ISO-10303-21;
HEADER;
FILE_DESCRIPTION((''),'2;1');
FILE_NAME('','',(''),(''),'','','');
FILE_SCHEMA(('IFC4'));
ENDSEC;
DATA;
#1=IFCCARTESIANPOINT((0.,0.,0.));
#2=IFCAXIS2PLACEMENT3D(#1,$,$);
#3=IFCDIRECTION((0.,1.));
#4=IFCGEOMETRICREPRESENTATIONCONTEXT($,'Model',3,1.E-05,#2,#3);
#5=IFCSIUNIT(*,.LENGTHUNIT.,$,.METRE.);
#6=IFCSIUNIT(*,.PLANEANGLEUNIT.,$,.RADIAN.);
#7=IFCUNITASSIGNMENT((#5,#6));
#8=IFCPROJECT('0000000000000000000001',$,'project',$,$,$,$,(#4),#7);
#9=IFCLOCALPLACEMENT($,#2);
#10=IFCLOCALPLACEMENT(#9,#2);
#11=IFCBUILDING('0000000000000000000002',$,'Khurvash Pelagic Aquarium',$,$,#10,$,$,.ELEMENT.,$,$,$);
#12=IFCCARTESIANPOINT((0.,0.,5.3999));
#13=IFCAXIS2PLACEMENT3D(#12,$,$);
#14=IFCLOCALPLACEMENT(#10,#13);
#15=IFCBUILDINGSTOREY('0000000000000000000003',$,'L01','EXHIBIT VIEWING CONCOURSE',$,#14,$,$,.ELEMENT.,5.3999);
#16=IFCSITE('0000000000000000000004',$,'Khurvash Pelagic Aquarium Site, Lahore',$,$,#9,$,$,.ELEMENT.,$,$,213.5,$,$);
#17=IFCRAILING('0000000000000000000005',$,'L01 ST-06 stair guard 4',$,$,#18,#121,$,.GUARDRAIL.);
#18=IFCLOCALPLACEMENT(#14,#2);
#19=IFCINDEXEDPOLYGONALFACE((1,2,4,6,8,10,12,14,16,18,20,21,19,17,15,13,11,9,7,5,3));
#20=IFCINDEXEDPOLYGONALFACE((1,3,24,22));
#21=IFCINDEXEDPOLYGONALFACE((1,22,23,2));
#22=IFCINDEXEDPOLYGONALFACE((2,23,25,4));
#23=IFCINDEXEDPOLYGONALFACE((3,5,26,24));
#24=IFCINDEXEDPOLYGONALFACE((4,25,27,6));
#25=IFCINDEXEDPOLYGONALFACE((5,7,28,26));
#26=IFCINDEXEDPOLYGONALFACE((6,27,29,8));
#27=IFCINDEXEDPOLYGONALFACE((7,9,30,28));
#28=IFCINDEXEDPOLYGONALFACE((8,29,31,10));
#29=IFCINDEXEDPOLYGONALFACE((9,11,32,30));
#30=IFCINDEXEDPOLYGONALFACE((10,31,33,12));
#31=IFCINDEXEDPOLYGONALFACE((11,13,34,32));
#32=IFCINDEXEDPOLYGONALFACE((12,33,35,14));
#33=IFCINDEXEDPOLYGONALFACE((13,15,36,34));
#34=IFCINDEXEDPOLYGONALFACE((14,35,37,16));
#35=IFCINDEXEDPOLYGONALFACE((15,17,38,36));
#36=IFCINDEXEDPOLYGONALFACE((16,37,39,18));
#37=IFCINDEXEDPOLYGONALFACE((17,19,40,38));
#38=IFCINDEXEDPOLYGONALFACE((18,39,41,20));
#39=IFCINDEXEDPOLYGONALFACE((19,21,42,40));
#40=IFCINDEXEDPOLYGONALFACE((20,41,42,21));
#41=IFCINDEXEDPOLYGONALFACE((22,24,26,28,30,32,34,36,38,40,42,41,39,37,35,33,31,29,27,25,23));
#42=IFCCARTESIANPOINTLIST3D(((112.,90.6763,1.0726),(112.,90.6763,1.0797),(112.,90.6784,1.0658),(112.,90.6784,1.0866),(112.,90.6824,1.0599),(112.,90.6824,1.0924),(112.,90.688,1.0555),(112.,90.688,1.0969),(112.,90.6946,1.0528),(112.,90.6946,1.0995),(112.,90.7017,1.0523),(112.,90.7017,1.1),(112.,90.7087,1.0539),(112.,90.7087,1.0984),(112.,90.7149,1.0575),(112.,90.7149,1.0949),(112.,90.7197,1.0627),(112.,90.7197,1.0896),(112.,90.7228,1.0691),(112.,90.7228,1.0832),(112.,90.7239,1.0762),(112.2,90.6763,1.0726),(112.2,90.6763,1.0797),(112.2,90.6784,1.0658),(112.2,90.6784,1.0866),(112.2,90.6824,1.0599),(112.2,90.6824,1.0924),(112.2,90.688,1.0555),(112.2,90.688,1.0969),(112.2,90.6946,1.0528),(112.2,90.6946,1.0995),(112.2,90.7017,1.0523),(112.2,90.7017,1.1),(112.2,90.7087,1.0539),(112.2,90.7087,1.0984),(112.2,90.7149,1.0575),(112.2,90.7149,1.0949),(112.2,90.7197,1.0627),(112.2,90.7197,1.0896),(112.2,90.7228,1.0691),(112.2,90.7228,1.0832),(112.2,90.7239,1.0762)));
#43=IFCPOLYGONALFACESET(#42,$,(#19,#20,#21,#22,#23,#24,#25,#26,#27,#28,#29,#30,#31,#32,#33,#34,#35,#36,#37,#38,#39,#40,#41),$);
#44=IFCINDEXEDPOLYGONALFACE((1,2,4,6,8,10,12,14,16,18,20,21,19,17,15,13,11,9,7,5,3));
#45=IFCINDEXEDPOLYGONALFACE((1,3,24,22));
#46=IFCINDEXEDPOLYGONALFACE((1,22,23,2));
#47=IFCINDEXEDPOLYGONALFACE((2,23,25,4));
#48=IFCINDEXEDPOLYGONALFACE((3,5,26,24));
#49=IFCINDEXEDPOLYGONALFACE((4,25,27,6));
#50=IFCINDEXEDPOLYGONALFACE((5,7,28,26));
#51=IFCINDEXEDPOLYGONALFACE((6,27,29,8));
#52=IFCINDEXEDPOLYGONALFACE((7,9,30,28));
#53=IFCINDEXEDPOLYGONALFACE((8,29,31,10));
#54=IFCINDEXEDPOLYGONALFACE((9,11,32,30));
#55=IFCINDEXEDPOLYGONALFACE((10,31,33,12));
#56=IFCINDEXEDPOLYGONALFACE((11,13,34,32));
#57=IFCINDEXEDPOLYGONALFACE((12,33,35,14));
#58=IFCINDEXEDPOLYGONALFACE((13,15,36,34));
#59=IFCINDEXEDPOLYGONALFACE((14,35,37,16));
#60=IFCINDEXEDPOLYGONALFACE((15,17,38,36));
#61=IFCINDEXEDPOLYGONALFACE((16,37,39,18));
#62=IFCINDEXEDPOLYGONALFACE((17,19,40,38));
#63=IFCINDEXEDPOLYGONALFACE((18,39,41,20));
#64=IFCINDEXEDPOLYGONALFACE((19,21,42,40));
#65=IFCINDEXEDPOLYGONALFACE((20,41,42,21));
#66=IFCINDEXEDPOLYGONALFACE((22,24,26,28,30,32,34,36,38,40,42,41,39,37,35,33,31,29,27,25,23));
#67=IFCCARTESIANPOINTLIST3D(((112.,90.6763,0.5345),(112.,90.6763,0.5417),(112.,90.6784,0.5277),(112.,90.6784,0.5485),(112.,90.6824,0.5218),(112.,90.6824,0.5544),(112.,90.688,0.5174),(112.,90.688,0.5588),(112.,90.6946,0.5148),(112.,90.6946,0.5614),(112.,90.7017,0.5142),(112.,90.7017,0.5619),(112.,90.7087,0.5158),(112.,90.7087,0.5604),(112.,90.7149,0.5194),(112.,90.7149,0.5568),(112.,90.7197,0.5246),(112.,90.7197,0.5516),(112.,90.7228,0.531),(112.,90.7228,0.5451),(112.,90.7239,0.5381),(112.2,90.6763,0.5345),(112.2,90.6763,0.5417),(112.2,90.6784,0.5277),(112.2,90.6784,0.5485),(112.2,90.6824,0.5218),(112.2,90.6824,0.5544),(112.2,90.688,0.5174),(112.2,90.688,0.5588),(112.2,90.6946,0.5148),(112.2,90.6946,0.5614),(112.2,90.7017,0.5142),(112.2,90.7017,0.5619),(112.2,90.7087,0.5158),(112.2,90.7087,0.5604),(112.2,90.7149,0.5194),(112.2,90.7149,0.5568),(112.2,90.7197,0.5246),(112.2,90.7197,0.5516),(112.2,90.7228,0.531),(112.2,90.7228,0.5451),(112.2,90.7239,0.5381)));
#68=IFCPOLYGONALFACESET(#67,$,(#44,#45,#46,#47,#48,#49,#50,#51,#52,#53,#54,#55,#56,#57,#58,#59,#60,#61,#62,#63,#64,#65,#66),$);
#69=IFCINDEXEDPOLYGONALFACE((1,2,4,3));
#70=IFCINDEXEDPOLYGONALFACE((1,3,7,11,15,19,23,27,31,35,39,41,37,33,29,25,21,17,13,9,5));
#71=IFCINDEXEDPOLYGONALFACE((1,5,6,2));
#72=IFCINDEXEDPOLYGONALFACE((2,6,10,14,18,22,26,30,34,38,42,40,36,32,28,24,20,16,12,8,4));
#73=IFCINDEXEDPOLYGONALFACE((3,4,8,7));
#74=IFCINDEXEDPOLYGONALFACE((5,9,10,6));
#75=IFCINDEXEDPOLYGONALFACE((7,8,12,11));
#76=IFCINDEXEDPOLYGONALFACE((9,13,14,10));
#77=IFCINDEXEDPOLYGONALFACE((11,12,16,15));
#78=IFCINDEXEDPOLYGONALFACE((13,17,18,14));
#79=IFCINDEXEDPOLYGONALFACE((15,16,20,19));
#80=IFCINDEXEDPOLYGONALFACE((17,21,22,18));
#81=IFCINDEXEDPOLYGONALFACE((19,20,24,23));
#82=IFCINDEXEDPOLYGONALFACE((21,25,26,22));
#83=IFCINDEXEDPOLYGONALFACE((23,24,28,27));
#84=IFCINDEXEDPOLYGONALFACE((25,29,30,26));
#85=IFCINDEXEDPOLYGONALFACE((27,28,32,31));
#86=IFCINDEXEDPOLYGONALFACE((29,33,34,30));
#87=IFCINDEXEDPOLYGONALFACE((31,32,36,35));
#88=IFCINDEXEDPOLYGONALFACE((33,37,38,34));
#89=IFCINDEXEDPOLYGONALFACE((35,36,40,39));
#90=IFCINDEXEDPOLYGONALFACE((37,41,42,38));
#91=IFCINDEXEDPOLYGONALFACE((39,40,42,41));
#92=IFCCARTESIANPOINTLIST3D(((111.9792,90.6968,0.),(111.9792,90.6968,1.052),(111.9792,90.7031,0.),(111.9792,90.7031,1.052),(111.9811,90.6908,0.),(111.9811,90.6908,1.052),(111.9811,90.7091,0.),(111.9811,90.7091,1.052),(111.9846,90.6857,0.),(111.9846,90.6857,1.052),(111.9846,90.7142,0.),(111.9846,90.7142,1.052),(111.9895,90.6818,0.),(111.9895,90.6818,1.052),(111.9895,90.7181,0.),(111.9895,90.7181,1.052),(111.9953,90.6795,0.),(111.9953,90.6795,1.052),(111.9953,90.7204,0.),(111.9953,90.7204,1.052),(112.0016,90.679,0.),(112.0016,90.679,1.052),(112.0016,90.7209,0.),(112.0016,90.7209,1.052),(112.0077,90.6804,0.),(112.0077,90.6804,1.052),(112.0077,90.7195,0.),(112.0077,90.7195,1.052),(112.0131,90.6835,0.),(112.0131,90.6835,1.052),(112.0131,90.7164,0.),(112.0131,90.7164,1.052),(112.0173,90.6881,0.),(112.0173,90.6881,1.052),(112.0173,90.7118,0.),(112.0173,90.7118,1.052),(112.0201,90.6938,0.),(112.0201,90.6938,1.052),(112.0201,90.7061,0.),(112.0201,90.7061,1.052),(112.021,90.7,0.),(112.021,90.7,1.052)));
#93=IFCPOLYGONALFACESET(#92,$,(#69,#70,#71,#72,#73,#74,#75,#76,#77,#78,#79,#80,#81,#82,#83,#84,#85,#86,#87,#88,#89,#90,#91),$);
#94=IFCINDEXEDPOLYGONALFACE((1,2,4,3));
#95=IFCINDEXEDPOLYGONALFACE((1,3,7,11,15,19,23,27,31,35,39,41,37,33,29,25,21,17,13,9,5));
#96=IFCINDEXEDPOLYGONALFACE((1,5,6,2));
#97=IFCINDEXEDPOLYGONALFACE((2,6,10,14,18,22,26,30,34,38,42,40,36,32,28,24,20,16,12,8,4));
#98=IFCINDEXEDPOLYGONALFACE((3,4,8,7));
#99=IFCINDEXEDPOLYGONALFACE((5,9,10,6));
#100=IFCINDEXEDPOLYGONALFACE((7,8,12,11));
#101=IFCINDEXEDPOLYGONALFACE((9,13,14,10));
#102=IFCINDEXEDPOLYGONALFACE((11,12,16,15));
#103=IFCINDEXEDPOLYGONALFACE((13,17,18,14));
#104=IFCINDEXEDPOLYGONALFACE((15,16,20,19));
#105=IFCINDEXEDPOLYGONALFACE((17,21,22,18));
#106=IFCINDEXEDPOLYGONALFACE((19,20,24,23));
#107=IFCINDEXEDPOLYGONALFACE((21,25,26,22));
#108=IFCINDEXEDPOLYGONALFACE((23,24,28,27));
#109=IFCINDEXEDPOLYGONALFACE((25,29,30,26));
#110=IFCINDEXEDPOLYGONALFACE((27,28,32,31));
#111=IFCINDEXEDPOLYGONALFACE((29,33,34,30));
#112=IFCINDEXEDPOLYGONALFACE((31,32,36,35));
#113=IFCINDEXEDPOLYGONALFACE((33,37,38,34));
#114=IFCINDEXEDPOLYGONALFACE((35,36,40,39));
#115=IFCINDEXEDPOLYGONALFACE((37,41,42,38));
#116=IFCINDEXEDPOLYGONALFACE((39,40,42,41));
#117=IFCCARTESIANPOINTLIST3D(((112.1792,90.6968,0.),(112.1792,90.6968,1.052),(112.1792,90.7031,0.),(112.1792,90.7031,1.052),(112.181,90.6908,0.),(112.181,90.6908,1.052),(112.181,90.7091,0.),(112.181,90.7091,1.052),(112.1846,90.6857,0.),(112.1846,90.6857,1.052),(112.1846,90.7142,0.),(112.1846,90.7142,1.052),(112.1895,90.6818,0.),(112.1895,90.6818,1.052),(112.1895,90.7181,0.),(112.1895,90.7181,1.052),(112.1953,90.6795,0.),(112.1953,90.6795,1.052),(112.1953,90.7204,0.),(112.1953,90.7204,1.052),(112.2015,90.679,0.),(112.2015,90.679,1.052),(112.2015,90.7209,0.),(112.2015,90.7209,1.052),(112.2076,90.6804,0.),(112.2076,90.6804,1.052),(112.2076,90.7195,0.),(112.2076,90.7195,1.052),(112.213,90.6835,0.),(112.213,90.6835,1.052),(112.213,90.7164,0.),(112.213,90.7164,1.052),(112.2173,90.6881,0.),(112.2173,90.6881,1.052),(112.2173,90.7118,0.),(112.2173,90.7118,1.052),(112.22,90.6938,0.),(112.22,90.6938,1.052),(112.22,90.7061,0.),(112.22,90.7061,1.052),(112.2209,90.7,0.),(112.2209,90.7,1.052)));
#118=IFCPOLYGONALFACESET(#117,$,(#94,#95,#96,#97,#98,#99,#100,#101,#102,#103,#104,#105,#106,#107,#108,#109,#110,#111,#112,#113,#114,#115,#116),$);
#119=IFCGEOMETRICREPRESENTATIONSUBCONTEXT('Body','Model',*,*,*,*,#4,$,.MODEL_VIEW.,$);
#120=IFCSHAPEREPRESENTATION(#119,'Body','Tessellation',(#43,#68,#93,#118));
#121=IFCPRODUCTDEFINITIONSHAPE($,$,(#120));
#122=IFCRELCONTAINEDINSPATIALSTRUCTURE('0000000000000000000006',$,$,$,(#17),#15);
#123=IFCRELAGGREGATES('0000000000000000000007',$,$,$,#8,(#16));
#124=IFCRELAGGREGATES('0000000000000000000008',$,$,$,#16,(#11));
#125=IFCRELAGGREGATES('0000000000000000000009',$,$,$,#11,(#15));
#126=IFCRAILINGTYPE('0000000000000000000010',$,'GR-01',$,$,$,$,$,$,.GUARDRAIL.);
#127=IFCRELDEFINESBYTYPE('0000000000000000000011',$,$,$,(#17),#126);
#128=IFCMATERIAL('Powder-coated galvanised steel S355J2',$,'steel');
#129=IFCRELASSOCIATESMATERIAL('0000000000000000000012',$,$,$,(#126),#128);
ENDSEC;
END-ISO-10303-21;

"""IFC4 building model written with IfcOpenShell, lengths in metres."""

from ifc_helpers import new_model, si_unit, direction, frame, origin, origin_2d, place, context, subcontext, project, spatial, circle, extrude, material, type_object, element, save


model = new_model("IFC4")

# Units and contexts
model_context = context("Model", 3, precision=1e-05, world=origin(), true_north=direction((0.0, 1.0)))
body_context = subcontext(model_context, "Body", "Model", "MODEL_VIEW")
ifc_project = project(units=[si_unit("LENGTHUNIT", "METRE"), si_unit("PLANEANGLEUNIT", "RADIAN")], contexts=[model_context])

# Site, building, storey
site_placement = place(None, origin())
site = spatial("IfcSite", under=ifc_project, at=site_placement, Name="Khurvash Pelagic Aquarium Site, Lahore", CompositionType="ELEMENT", RefElevation=213.5)
building_placement = place(site_placement, origin())
building = spatial("IfcBuilding", under=site, at=building_placement, Name="Khurvash Pelagic Aquarium", CompositionType="ELEMENT")
storey_placement = place(building_placement, frame((0.0, 0.0, 5.3999)))
storey = spatial("IfcBuildingStorey", under=building, at=storey_placement, Name="L01", Description="EXHIBIT VIEWING CONCOURSE", CompositionType="ELEMENT", Elevation=5.3999)

# Railing
ifc_material_1 = material(Name="Powder-coated galvanised steel S355J2", Category="steel")
railing_type_1 = type_object("IfcRailingType", Name="GR-01", PredefinedType="GUARDRAIL", material=ifc_material_1)
railing_1_placement = place(storey_placement, frame((112.0, 90.7, 0.0)))
element("IfcRailing", 1, at=railing_1_placement, inside=storey, type_object=railing_type_1, Name="L01 ST-06 stair guard 4", PredefinedType="GUARDRAIL", context=body_context, shape_type="SweptSolid", body=[
    extrude(circle(Radius=0.0239, at=origin_2d()), frame((0.0, 0.0, 1.0762), z_axis=(1.0, 0.0, 0.0), x_axis=(0.0, 1.0, 0.0)), (0.0, 0.0, 1.0), 0.2),
    extrude(circle(Radius=0.0239, at=origin_2d()), frame((0.0, 0.0, 0.5381), z_axis=(1.0, 0.0, 0.0), x_axis=(0.0, 1.0, 0.0)), (0.0, 0.0, 1.0), 0.2),
    extrude(circle(Radius=0.021, at=origin_2d()), origin(), (0.0, 0.0, 1.0), 1.052),
    extrude(circle(Radius=0.021, at=origin_2d()), frame((0.2, 0.0, 0.0)), (0.0, 0.0, 1.0), 1.052),
])

save(model, "model.ifc")
